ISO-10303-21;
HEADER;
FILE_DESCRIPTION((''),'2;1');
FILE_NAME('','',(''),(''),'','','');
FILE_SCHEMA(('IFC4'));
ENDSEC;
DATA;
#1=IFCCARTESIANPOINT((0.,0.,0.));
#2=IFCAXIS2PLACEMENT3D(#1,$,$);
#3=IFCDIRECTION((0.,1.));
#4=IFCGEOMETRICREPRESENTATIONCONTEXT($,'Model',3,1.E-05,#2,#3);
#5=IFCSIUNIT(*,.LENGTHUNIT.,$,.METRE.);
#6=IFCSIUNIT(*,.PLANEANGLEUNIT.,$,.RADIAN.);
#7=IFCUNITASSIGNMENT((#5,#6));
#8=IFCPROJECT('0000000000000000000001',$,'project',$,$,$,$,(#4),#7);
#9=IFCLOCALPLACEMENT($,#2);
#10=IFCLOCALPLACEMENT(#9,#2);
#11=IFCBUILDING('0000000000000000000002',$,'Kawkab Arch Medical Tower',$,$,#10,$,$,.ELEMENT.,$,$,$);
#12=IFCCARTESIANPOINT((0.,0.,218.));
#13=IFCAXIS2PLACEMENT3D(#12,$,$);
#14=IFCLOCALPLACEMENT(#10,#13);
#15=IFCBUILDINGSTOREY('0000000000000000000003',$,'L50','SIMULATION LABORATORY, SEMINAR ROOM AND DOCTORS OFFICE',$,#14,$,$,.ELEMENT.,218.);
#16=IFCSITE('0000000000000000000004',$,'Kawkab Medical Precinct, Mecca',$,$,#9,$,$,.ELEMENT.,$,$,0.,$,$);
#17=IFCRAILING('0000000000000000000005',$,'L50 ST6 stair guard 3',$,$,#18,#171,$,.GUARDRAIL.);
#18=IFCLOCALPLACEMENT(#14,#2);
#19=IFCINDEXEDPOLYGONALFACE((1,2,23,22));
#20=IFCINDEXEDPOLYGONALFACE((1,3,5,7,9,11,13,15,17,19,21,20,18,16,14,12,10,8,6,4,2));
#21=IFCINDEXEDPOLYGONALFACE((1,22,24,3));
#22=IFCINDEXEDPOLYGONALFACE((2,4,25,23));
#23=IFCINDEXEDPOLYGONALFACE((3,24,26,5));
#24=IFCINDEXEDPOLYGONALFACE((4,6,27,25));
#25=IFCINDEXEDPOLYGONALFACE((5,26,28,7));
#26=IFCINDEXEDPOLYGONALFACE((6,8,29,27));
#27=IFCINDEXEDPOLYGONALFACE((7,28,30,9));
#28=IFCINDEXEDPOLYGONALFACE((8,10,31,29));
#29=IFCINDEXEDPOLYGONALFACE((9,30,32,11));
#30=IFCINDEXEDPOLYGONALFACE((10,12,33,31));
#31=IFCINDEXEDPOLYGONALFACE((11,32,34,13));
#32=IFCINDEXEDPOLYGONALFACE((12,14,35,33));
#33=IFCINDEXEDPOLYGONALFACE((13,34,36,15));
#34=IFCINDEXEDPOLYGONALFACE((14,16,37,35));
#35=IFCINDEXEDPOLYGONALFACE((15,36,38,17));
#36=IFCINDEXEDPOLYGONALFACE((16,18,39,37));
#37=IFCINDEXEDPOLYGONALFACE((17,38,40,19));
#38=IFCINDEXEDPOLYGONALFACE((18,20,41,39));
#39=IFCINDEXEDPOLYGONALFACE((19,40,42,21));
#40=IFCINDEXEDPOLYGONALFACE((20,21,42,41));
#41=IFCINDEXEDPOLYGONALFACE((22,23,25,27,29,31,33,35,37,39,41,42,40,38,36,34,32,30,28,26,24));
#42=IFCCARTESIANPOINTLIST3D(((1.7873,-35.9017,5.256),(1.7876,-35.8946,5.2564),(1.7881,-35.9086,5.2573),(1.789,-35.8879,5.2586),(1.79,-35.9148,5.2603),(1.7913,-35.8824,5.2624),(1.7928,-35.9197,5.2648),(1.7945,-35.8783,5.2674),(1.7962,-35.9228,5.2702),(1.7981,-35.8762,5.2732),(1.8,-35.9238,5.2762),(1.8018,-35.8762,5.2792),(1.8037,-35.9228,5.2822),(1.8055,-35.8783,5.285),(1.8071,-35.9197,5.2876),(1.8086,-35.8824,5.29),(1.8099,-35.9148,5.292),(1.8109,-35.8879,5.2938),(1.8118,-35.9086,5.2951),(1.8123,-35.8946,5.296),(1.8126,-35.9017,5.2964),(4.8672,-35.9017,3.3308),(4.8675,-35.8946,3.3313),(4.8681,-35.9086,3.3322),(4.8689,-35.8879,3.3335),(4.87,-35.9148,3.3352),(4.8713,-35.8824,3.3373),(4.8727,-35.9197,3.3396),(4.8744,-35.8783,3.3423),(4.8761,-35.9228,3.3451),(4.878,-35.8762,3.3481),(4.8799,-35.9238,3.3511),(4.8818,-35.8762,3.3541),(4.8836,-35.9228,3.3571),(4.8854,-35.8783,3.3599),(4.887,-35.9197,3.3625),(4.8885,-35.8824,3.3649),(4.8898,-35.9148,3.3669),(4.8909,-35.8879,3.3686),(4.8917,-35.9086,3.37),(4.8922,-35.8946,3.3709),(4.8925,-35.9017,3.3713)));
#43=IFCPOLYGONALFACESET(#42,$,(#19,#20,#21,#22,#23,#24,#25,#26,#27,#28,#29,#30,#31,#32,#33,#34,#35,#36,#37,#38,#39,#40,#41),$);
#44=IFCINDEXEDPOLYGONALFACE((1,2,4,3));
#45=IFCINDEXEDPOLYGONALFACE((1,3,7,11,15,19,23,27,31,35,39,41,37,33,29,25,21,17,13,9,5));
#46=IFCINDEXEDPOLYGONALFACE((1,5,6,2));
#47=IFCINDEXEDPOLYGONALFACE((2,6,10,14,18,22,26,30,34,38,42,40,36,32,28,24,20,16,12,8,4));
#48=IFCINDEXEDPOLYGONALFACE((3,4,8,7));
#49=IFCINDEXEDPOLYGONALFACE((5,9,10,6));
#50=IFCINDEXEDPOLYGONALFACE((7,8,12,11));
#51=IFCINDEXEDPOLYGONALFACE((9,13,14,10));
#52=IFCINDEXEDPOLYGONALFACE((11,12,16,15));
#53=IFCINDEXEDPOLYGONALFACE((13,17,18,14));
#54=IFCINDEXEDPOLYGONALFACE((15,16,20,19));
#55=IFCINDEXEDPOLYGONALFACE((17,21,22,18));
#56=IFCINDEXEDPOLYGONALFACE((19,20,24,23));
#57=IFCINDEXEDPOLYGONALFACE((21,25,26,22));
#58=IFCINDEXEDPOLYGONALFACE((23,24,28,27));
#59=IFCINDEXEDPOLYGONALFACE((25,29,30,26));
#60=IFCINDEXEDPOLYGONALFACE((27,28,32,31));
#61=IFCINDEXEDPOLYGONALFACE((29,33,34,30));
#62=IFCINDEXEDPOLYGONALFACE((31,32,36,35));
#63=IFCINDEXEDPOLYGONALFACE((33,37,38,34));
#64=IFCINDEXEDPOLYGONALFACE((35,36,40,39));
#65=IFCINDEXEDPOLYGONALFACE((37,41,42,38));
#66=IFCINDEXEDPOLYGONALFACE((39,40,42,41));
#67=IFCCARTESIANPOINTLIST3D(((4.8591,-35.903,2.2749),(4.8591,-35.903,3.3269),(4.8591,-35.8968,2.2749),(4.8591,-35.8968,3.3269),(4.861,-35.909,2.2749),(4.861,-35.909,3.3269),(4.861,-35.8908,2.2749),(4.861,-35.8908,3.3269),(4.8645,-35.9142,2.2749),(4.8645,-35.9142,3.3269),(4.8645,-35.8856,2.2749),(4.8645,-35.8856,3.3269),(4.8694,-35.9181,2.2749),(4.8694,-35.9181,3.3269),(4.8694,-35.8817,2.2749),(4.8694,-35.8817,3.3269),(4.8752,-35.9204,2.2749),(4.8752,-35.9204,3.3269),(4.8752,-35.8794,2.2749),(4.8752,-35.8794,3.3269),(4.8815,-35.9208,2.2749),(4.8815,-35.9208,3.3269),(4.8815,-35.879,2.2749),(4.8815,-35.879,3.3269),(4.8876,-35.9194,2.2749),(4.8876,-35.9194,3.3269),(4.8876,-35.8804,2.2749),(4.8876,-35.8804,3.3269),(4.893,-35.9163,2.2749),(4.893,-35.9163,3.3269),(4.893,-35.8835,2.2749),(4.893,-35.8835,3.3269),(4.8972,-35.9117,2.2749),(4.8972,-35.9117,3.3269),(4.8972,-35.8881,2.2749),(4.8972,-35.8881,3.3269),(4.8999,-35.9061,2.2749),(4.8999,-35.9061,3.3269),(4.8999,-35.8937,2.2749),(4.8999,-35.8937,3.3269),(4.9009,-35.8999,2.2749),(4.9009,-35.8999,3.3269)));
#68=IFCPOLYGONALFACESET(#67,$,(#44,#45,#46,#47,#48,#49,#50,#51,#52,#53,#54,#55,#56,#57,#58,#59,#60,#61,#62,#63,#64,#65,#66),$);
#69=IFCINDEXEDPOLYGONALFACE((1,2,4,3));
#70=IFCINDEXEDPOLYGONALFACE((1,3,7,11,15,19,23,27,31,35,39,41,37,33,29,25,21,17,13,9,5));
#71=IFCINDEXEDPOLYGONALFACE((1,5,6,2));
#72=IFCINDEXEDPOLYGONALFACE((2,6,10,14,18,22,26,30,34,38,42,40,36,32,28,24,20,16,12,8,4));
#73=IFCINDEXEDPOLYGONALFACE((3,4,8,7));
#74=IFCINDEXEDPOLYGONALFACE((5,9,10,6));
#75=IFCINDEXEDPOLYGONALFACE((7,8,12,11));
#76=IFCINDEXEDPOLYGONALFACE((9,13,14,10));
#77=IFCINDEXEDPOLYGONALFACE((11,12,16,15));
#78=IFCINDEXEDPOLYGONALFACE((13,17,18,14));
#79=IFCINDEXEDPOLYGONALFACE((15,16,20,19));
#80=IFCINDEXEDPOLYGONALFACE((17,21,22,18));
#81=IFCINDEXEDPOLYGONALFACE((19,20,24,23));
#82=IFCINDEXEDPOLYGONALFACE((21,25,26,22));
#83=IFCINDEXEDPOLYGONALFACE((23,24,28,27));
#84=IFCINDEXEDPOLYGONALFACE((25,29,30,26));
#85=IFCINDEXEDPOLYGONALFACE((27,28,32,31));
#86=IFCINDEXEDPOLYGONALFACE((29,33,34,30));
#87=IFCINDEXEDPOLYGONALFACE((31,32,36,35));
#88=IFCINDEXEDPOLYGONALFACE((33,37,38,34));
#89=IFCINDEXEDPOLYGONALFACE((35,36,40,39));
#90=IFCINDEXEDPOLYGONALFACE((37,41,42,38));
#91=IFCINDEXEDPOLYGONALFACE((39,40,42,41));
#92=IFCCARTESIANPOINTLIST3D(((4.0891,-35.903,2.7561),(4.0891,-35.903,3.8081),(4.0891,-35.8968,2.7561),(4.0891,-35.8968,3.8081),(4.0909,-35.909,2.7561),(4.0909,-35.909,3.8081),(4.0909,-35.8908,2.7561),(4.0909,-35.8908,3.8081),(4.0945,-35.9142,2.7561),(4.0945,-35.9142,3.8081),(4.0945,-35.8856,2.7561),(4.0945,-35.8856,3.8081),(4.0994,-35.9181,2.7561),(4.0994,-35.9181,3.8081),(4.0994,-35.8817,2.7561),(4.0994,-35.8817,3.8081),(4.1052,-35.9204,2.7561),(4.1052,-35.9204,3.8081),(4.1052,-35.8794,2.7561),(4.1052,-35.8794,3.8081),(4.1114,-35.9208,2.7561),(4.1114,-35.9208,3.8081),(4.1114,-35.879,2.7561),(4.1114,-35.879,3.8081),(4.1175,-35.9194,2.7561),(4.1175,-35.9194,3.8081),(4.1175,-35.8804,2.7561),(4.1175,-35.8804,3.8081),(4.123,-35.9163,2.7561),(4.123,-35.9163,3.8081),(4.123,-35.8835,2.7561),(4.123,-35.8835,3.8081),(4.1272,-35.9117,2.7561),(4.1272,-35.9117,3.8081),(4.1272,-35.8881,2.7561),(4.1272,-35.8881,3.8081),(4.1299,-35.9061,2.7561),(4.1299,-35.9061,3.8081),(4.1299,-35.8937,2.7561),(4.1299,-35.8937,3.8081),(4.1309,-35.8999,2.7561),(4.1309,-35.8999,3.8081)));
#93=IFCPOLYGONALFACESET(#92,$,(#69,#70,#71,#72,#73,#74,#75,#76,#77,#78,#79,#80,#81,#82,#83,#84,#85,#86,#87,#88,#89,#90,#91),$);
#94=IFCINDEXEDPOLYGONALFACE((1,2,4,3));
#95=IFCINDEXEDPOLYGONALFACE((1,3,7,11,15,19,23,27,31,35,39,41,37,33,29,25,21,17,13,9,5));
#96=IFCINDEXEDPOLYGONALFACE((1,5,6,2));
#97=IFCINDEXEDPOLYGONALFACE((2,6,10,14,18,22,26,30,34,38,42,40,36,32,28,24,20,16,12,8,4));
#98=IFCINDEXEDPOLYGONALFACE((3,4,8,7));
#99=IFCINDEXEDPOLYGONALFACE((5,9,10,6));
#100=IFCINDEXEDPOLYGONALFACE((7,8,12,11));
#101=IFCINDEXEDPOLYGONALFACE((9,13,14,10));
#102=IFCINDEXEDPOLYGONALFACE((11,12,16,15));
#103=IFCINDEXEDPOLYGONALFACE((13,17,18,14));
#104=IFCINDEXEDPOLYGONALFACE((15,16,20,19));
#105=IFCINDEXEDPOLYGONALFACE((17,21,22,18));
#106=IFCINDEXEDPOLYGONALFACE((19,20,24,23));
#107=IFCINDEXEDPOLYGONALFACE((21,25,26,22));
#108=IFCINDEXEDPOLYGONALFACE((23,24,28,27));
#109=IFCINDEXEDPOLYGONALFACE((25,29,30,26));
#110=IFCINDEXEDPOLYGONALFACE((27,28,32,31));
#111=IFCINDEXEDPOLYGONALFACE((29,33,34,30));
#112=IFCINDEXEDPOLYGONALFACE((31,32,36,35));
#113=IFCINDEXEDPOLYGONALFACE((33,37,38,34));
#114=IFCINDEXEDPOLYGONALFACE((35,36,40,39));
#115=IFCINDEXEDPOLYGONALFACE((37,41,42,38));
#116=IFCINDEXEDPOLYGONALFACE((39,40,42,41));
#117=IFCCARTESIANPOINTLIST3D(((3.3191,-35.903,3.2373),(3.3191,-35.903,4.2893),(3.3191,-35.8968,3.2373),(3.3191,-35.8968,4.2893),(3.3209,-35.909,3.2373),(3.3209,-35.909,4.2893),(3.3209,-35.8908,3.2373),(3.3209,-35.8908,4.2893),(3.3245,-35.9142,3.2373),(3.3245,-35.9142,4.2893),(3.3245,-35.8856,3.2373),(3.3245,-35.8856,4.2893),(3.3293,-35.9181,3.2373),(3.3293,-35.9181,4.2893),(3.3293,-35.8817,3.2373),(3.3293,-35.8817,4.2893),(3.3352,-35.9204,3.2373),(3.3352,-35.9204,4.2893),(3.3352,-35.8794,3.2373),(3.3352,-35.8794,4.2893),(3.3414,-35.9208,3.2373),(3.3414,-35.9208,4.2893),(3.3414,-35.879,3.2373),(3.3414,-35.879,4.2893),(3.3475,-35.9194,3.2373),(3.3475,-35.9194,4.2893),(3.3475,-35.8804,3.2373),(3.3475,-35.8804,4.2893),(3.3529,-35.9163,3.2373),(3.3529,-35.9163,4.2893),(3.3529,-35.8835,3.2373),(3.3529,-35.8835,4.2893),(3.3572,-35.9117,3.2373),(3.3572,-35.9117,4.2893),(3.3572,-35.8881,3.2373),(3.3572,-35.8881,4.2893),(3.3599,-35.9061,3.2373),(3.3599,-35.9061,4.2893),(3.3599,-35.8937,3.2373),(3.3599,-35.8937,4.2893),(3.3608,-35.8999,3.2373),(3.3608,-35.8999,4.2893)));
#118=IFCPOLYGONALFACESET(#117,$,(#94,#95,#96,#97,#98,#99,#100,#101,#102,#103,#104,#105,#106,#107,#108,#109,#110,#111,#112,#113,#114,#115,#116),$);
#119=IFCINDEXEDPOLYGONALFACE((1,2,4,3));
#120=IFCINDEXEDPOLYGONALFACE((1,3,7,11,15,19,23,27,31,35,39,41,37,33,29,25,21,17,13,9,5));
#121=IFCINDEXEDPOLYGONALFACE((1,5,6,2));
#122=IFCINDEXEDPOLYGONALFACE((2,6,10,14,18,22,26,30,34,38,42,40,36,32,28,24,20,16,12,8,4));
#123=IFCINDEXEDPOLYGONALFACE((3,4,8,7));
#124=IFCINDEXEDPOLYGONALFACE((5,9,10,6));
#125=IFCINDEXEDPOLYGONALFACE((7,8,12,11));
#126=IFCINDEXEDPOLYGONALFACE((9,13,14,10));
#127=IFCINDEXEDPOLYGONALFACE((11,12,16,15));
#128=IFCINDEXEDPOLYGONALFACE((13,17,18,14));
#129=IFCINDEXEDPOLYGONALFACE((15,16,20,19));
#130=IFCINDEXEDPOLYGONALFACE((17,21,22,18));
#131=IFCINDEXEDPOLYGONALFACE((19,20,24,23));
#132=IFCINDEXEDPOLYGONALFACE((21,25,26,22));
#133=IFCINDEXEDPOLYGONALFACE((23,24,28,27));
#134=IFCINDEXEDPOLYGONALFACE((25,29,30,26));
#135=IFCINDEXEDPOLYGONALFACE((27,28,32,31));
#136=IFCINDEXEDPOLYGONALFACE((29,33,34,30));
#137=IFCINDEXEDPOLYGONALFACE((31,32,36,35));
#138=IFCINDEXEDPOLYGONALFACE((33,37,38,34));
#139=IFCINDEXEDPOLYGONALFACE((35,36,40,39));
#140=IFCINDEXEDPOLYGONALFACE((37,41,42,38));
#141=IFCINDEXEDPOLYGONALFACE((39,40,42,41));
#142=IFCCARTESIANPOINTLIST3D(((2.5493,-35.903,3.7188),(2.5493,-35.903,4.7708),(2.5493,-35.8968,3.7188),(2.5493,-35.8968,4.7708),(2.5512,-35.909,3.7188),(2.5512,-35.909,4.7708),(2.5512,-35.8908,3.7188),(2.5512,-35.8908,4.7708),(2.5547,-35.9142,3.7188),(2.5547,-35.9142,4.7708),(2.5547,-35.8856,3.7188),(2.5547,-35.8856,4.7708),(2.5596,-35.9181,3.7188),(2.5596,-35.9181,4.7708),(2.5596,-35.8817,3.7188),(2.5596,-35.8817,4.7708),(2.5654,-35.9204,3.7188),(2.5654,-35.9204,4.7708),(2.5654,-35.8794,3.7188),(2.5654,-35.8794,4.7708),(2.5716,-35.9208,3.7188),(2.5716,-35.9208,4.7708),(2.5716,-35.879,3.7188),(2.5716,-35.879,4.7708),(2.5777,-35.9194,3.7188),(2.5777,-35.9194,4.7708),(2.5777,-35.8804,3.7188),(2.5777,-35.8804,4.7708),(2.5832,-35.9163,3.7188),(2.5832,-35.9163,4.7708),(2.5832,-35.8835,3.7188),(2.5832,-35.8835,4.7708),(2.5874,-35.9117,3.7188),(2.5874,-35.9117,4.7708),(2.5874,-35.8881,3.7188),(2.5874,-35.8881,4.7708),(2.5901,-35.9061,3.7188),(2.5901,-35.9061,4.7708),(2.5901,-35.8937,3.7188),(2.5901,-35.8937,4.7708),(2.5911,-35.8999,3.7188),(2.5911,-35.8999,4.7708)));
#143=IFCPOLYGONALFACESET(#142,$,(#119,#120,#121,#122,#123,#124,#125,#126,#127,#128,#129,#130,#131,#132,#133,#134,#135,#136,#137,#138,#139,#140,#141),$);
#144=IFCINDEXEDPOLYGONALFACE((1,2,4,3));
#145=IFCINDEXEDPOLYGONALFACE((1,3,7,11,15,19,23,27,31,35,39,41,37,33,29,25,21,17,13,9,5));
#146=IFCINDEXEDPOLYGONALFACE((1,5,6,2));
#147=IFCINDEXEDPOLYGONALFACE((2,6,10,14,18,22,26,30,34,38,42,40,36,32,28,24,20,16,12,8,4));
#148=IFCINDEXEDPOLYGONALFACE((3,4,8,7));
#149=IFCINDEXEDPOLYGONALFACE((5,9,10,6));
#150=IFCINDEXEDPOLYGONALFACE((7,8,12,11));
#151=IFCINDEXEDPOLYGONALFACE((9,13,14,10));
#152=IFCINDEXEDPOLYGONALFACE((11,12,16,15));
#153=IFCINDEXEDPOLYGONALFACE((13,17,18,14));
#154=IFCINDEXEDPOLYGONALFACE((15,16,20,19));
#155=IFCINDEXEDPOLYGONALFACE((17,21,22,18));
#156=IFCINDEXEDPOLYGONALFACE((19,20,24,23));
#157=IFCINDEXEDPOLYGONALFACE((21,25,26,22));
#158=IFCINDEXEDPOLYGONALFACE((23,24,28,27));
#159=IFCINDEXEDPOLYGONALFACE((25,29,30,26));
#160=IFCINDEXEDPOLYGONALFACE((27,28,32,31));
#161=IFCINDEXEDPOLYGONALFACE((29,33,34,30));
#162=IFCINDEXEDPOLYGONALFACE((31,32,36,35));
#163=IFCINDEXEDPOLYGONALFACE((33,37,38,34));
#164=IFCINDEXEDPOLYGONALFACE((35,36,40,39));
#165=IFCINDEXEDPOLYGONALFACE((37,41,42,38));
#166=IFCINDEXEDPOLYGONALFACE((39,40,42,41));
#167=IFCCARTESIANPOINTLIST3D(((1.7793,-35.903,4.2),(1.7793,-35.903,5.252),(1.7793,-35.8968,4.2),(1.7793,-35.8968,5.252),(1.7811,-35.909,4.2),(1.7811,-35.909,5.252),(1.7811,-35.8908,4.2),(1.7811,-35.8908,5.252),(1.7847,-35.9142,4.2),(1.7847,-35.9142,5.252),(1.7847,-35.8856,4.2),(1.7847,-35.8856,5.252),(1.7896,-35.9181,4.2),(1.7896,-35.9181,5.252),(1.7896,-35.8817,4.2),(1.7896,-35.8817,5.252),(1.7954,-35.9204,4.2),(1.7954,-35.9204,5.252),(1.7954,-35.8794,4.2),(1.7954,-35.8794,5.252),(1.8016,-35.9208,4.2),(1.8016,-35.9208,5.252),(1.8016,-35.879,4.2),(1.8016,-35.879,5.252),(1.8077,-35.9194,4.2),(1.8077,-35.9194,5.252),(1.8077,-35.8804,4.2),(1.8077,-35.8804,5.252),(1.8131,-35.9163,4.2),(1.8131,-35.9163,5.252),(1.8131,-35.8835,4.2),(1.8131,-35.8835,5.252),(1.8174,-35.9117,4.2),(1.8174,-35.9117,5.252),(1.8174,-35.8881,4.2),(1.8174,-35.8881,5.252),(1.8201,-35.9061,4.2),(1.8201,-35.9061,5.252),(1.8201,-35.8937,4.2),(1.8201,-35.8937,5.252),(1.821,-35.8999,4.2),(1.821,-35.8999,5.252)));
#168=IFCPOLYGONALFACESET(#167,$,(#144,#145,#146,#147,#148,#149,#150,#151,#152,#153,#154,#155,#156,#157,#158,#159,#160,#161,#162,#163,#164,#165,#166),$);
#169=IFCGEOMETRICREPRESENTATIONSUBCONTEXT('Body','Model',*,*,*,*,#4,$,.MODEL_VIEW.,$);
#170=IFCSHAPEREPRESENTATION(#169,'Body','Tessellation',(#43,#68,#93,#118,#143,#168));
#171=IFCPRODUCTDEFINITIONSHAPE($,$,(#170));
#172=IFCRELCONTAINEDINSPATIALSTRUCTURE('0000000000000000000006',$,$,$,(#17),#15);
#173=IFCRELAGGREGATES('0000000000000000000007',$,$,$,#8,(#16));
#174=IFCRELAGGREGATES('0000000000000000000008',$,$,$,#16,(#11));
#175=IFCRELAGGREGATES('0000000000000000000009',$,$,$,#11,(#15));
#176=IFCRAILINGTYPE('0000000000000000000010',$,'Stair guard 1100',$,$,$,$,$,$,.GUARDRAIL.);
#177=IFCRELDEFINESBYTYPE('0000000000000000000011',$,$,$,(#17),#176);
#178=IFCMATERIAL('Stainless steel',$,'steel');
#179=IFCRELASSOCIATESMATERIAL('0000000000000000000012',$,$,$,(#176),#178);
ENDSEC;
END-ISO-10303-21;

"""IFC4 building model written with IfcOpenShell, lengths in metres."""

from ifc_helpers import new_model, si_unit, direction, frame, origin, origin_2d, place, context, subcontext, project, spatial, circle, extrude, material, type_object, element, save


model = new_model("IFC4")

# Units and contexts
model_context = context("Model", 3, precision=1e-05, world=origin(), true_north=direction((0.0, 1.0)))
body_context = subcontext(model_context, "Body", "Model", "MODEL_VIEW")
ifc_project = project(units=[si_unit("LENGTHUNIT", "METRE"), si_unit("PLANEANGLEUNIT", "RADIAN")], contexts=[model_context])

# Site, building, storey
site_placement = place(None, origin())
site = spatial("IfcSite", under=ifc_project, at=site_placement, Name="Kawkab Medical Precinct, Mecca", CompositionType="ELEMENT", RefElevation=0.0)
building_placement = place(site_placement, origin())
building = spatial("IfcBuilding", under=site, at=building_placement, Name="Kawkab Arch Medical Tower", CompositionType="ELEMENT")
storey_placement = place(building_placement, frame((0.0, 0.0, 218.0)))
storey = spatial("IfcBuildingStorey", under=building, at=storey_placement, Name="L50", Description="SIMULATION LABORATORY, SEMINAR ROOM AND DOCTORS OFFICE", CompositionType="ELEMENT", Elevation=218.0)

# Railing
ifc_material_1 = material(Name="Stainless steel", Category="steel")
railing_type = type_object("IfcRailingType", Name="Stair guard 1100", PredefinedType="GUARDRAIL", material=ifc_material_1)
railing_1_placement = place(storey_placement, frame((4.8799, -35.8999, 2.2749)))
element("IfcRailing", 1, at=railing_1_placement, inside=storey, type_object=railing_type, Name="L50 ST6 stair guard 3", PredefinedType="GUARDRAIL", context=body_context, shape_type="SweptSolid", body=[
    extrude(circle(Radius=0.0239, at=origin_2d()), frame((0.0, 0.0, 1.0762), z_axis=(-0.847979, 0.0, 0.530029), x_axis=(0.0, -1.0, 0.0)), (0.0, 0.0, 1.0), 3.6321),
    extrude(circle(Radius=0.021, at=origin_2d()), origin(), (0.0, 0.0, 1.0), 1.052),
    extrude(circle(Radius=0.021, at=origin_2d()), frame((-0.77, 0.0, 0.4812)), (0.0, 0.0, 1.0), 1.052),
    extrude(circle(Radius=0.021, at=origin_2d()), frame((-1.54, 0.0, 0.9624)), (0.0, 0.0, 1.0), 1.052),
    extrude(circle(Radius=0.021, at=origin_2d()), frame((-2.3098, 0.0, 1.4438)), (0.0, 0.0, 1.0), 1.052),
    extrude(circle(Radius=0.021, at=origin_2d()), frame((-3.0798, 0.0, 1.925)), (0.0, 0.0, 1.0), 1.052),
])

save(model, "model.ifc")
